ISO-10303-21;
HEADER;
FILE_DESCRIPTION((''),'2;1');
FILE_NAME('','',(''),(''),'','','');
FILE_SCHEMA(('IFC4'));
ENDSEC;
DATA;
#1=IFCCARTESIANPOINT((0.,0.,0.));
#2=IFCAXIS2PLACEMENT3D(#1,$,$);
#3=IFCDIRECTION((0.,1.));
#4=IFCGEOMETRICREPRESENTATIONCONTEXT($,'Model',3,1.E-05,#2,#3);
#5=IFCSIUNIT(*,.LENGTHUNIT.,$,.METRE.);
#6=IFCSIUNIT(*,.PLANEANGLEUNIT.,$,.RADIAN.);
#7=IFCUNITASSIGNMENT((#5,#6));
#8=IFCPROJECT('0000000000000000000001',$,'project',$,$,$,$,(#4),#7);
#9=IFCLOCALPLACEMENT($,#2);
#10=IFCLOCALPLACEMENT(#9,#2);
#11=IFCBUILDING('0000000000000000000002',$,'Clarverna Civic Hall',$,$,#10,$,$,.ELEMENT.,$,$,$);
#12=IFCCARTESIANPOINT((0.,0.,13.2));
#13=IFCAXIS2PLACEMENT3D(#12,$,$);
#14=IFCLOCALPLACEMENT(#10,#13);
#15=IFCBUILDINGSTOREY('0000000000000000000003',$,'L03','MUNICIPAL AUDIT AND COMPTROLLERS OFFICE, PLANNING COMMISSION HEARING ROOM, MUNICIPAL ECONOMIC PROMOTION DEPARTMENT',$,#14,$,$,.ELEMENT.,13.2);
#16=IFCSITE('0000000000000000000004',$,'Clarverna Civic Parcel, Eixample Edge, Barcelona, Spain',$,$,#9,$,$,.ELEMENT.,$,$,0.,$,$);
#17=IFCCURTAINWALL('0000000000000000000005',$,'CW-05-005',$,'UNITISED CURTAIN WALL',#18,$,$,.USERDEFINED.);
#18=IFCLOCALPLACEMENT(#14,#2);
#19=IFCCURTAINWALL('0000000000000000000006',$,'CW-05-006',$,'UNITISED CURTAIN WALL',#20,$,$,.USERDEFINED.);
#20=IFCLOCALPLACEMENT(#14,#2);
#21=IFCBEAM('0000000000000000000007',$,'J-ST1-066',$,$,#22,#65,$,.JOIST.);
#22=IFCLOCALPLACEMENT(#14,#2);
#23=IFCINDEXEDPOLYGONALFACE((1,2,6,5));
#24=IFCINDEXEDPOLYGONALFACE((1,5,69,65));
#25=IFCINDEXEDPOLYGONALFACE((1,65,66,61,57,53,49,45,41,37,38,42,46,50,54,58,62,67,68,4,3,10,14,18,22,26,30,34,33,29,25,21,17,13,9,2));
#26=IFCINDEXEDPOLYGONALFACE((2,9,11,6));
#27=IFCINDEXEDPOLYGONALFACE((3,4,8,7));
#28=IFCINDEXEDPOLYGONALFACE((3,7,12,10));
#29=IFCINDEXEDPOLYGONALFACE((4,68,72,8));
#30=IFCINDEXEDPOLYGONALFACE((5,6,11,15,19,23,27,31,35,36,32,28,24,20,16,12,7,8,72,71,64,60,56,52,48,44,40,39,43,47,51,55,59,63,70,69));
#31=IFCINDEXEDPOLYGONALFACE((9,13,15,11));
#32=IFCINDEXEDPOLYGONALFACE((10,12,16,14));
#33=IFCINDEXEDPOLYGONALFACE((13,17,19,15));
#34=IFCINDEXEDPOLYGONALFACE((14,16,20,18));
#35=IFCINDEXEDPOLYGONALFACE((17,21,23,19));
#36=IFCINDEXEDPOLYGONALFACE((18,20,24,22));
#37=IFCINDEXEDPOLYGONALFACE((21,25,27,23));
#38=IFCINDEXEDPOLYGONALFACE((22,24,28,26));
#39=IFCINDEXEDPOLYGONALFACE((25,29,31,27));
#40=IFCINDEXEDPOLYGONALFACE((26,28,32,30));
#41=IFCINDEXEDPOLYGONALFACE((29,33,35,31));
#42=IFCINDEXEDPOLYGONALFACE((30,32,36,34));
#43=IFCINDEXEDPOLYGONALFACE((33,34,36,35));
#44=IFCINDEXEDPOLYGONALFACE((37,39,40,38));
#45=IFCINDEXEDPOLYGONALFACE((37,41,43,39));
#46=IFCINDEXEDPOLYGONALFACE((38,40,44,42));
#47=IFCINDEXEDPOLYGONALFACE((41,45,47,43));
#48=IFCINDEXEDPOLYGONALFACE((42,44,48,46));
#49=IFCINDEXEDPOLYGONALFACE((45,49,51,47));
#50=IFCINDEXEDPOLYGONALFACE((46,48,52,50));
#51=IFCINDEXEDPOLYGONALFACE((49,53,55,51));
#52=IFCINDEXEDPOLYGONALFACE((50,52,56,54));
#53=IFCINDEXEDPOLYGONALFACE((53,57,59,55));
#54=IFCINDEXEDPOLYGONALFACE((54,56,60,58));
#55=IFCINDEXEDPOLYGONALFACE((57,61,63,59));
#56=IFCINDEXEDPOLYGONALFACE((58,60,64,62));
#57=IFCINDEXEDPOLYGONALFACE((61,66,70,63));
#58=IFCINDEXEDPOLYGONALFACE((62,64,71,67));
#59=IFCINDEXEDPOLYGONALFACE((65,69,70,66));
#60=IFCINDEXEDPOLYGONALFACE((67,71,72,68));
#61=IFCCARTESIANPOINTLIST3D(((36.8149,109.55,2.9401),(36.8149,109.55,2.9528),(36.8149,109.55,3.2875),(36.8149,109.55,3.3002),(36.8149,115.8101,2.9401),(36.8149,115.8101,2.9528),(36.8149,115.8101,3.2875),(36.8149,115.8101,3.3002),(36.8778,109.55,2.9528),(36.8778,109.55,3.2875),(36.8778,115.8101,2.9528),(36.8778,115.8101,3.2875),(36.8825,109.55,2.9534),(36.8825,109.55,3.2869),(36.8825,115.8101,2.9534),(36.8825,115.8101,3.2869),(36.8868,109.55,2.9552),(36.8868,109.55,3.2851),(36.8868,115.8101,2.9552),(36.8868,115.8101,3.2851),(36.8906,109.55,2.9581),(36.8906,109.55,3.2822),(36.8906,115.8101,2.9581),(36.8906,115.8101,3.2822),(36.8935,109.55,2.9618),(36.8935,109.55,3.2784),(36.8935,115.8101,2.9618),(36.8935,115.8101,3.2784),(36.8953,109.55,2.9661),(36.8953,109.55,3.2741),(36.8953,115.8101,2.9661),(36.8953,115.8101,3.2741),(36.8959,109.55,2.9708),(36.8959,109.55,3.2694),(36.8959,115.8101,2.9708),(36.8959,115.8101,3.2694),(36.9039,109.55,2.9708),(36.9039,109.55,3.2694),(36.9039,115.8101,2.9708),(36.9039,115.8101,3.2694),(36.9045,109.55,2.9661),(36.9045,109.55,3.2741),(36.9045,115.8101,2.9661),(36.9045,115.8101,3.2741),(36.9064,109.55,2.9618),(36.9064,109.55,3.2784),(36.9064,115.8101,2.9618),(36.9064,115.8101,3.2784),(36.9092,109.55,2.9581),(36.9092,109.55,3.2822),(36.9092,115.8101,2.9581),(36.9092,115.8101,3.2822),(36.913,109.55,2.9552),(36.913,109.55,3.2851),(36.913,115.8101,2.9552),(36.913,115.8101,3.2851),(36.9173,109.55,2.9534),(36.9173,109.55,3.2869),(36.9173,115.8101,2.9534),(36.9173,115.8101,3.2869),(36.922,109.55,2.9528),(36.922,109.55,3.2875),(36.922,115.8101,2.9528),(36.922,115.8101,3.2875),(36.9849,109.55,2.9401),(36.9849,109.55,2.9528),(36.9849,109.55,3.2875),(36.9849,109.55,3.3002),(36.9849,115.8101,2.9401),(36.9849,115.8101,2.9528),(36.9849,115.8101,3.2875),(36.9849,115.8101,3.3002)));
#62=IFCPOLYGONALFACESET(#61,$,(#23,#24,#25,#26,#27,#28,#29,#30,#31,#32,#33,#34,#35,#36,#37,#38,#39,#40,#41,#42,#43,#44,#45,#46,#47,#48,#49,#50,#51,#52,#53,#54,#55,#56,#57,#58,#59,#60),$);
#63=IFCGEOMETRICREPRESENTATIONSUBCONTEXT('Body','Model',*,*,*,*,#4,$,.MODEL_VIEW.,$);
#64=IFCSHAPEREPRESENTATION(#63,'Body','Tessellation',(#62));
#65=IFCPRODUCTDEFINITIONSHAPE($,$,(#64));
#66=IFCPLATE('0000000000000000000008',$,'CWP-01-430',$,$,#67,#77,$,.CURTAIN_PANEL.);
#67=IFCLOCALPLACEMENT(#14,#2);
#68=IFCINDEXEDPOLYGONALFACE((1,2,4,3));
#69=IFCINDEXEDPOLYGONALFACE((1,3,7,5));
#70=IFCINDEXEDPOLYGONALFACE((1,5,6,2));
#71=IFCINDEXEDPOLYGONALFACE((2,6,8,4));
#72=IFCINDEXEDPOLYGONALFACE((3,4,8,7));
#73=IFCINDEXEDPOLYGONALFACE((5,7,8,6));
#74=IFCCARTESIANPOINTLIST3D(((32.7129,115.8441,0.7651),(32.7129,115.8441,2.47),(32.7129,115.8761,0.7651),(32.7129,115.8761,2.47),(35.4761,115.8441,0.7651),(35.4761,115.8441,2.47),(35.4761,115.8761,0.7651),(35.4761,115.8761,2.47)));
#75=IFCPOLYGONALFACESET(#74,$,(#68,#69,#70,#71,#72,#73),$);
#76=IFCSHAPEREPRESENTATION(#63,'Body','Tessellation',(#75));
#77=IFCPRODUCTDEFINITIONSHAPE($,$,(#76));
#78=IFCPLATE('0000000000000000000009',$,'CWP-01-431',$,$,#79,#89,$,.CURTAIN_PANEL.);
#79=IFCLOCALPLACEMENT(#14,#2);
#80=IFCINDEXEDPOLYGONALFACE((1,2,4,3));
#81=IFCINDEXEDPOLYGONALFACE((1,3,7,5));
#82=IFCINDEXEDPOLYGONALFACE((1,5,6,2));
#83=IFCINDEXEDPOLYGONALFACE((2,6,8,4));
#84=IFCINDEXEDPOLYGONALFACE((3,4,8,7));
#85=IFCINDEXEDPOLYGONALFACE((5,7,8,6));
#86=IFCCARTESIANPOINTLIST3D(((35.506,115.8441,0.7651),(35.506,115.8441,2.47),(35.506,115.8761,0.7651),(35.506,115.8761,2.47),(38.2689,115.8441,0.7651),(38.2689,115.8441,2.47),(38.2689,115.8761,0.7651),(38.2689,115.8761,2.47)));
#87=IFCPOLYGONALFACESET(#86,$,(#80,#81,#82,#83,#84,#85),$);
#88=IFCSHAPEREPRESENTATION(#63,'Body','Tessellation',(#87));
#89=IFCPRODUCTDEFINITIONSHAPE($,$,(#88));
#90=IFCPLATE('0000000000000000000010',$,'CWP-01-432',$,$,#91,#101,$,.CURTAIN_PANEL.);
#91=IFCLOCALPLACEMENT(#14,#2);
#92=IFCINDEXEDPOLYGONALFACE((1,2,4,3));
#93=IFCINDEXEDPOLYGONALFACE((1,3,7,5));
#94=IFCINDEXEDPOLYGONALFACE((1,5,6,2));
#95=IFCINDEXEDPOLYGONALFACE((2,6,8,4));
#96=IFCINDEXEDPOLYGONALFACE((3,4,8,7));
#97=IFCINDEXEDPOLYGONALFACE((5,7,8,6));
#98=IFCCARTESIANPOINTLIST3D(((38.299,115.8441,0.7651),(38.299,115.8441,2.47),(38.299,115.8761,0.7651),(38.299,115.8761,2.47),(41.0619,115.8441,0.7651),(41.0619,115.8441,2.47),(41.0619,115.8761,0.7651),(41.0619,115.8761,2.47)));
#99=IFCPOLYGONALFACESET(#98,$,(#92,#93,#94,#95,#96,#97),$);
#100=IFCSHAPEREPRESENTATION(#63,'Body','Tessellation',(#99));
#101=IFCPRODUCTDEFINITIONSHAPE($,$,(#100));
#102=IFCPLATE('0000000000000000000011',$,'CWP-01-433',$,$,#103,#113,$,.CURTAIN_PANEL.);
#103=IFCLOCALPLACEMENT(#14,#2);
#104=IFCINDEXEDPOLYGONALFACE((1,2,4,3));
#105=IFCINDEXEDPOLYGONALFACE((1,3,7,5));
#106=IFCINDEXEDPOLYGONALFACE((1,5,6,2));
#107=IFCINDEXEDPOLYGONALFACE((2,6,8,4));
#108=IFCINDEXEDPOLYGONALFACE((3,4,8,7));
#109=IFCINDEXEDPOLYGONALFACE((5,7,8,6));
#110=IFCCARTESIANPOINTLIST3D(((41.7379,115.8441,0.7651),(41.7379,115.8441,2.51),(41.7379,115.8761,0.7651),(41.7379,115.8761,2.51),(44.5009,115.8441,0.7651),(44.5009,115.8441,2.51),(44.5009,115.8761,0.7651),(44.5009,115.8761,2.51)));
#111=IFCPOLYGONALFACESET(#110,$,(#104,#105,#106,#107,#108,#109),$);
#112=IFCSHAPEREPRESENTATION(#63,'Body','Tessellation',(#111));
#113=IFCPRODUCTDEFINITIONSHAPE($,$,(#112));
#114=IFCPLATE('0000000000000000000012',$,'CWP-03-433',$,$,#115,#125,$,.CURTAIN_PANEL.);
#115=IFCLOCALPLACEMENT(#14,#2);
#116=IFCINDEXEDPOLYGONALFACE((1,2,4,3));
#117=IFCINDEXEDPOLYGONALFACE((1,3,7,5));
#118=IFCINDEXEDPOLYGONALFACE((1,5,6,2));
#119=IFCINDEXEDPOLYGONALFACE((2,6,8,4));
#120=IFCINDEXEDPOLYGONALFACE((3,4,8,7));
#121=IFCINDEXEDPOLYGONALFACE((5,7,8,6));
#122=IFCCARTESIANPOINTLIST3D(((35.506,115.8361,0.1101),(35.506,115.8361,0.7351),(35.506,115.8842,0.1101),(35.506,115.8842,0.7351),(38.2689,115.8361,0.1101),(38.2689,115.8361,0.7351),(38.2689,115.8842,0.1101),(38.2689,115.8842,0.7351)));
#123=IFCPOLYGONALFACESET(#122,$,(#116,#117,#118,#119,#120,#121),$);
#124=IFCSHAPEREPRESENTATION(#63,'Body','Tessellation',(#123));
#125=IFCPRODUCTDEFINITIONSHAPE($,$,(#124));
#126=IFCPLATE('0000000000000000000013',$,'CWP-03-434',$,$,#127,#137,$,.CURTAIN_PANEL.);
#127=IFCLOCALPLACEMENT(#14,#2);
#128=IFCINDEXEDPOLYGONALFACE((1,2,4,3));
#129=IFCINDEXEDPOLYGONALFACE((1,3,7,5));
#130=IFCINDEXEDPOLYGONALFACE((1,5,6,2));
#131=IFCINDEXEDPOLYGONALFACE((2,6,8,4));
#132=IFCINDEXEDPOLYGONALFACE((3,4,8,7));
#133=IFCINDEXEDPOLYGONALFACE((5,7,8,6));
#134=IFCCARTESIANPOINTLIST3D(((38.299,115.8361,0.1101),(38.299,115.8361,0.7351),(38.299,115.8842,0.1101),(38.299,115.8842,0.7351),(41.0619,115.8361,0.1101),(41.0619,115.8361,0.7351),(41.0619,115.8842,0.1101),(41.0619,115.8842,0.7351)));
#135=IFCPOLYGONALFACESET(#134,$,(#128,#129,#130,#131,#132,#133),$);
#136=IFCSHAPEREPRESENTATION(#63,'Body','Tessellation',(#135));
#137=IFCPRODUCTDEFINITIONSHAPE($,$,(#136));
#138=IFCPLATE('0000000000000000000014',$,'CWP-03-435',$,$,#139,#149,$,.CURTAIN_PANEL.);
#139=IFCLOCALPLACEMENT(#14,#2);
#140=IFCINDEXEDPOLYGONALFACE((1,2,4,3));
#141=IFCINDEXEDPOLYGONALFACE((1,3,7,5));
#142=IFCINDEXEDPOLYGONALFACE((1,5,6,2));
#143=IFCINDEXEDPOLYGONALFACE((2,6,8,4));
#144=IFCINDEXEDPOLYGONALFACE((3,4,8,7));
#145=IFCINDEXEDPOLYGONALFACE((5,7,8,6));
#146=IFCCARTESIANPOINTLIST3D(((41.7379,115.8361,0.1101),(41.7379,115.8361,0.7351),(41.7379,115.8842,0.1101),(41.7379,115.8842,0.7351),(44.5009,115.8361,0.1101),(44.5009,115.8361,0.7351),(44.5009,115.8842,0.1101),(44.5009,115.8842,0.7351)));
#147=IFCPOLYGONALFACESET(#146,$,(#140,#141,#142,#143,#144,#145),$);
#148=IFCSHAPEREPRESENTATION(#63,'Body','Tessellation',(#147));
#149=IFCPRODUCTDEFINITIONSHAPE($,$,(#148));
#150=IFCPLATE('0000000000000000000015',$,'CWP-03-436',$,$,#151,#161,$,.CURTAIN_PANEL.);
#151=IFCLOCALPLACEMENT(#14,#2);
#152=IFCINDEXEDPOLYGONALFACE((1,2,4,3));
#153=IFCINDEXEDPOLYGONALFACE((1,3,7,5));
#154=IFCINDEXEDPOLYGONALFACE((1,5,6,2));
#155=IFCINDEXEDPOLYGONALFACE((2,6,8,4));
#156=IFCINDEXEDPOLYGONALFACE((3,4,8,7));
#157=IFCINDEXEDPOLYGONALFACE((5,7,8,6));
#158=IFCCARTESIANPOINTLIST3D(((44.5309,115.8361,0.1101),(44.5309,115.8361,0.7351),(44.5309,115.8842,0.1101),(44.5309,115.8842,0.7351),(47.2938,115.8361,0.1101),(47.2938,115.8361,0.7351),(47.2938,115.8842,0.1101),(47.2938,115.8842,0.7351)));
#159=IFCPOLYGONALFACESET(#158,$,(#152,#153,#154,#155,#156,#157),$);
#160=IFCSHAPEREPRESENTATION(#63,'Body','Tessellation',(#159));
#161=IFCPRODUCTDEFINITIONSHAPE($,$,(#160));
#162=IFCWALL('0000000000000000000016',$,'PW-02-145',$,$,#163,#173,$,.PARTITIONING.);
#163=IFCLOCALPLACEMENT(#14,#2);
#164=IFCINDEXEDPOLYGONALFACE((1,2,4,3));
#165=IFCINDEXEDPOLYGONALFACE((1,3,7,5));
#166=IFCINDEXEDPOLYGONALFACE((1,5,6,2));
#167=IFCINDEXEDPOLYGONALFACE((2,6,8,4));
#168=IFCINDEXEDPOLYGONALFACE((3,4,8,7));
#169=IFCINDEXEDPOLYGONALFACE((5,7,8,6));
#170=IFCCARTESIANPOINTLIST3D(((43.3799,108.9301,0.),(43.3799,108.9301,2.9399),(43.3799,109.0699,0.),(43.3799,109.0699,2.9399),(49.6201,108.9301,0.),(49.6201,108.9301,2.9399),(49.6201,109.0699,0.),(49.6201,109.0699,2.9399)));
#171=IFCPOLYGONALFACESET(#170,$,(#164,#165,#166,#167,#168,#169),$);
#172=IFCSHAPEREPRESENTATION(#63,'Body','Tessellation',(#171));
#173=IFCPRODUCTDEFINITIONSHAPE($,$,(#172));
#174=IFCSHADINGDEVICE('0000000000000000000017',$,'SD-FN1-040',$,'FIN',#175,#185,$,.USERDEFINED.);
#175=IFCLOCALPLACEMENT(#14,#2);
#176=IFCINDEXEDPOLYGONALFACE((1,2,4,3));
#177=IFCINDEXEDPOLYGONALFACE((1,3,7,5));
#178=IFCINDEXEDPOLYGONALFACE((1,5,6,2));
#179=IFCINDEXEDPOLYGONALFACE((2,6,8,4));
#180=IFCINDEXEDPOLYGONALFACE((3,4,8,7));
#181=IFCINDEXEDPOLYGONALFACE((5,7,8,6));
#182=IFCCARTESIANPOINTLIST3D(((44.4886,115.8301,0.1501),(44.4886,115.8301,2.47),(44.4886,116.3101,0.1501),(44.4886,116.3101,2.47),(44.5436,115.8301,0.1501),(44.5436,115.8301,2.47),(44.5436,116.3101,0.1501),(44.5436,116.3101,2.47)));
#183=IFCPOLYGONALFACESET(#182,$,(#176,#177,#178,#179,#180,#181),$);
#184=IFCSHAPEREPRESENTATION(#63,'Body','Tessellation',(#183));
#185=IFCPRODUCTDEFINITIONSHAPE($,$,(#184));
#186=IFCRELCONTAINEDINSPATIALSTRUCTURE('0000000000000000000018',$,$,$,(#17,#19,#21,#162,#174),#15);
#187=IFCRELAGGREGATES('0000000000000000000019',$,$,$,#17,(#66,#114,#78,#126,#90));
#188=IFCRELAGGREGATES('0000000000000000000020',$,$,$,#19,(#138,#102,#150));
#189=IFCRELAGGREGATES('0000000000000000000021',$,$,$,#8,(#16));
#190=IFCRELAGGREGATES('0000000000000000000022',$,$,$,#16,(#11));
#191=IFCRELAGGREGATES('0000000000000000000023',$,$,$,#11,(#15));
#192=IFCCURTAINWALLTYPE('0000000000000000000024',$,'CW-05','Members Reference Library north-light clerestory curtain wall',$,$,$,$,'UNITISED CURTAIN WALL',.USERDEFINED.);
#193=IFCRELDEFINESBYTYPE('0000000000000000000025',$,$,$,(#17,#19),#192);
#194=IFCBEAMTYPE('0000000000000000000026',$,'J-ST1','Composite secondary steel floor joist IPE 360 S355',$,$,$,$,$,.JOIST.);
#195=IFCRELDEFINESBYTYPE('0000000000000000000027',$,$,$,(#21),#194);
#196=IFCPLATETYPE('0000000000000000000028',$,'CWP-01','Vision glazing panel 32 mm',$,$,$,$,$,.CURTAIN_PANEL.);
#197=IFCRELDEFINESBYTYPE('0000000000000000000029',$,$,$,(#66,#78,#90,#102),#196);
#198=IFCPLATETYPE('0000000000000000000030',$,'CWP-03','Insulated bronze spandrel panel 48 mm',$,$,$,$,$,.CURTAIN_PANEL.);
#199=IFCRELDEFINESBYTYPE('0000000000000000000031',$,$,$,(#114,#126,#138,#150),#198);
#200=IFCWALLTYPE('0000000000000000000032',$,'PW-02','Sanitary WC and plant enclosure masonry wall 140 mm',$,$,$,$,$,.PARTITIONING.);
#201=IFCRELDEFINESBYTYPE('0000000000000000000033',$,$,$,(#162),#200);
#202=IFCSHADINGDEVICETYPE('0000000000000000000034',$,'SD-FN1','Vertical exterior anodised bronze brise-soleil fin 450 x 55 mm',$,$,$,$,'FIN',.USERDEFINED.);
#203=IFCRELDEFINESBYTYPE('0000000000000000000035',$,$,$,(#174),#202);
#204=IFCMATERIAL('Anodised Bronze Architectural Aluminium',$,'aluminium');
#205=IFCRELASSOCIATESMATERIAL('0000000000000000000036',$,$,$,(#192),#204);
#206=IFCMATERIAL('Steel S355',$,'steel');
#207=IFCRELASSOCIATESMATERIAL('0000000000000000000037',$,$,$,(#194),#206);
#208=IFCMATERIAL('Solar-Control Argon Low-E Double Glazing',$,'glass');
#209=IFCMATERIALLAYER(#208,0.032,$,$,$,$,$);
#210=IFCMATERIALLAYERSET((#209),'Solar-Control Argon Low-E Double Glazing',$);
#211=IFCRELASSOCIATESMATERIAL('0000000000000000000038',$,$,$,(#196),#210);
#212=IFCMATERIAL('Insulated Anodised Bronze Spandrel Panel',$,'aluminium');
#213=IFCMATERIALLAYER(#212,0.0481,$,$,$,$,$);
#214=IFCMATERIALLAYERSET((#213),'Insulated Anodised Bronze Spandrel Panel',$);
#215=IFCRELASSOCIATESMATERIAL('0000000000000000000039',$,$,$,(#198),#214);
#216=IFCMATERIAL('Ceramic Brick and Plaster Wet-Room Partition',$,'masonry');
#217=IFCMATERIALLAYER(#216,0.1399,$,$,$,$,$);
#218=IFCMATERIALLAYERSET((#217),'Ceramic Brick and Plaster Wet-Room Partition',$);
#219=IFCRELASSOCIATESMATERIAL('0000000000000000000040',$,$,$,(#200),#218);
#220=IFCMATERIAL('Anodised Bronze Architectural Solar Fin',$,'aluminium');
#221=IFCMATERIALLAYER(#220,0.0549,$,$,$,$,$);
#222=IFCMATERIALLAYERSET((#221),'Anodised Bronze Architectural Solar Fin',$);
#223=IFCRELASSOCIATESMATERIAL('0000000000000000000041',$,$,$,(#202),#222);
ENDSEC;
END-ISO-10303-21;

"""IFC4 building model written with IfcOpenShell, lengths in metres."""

from ifc_helpers import new_model, si_unit, direction, frame, frame_2d, origin, origin_2d, place, context, subcontext, project, spatial, rectangle, i_section, extrude, material, layer, layer_set, material_profile, profile_set, type_object, element, aggregate, save


model = new_model("IFC4")

# Units and contexts
model_context = context("Model", 3, precision=1e-05, world=origin(), true_north=direction((0.0, 1.0)))
body_context = subcontext(model_context, "Body", "Model", "MODEL_VIEW")
ifc_project = project(units=[si_unit("LENGTHUNIT", "METRE"), si_unit("PLANEANGLEUNIT", "RADIAN")], contexts=[model_context])

# Site, building, storey
site_placement = place(None, origin())
site = spatial("IfcSite", under=ifc_project, at=site_placement, Name="Clarverna Civic Parcel, Eixample Edge, Barcelona, Spain", CompositionType="ELEMENT", RefElevation=0.0)
building_placement = place(site_placement, origin())
building = spatial("IfcBuilding", under=site, at=building_placement, Name="Clarverna Civic Hall", CompositionType="ELEMENT")
storey_placement = place(building_placement, frame((0.0, 0.0, 13.2)))
storey = spatial("IfcBuildingStorey", under=building, at=storey_placement, Name="L03", Description="MUNICIPAL AUDIT AND COMPTROLLERS OFFICE, PLANNING COMMISSION HEARING ROOM, MUNICIPAL ECONOMIC PROMOTION DEPARTMENT", CompositionType="ELEMENT", Elevation=13.2)

# Shared definitions
ifc_material_1 = material(Name="Steel S355", Category="steel")

# Curtain walls
ifc_material_2 = material(Name="Anodised Bronze Architectural Aluminium", Category="aluminium")
curtain_wall_type = type_object("IfcCurtainWallType", Name="CW-05", Description="Members Reference Library north-light clerestory curtain wall", ElementType="UNITISED CURTAIN WALL", PredefinedType="USERDEFINED", material=ifc_material_2)
curtain_wall_1_placement = place(storey_placement, origin())
curtain_wall_1 = element("IfcCurtainWall", 1, at=curtain_wall_1_placement, inside=storey, type_object=curtain_wall_type, Name="CW-05-005", ObjectType="UNITISED CURTAIN WALL", PredefinedType="USERDEFINED")
curtain_wall_2_placement = place(storey_placement, origin())
curtain_wall_2 = element("IfcCurtainWall", 2, at=curtain_wall_2_placement, inside=storey, type_object=curtain_wall_type, Name="CW-05-006", ObjectType="UNITISED CURTAIN WALL", PredefinedType="USERDEFINED")

# Beam
ifc_material_profile_1 = material_profile(ifc_material_1, i_section(OverallWidth=0.1699, OverallDepth=0.3601, WebThickness=0.0081, FlangeThickness=0.0127, FilletRadius=0.0181, at=origin_2d()), Name="IPE 360")
ifc_profile_set_1 = profile_set([ifc_material_profile_1], Name="Steel S355")
beam_type_1 = type_object("IfcBeamType", Name="J-ST1", Description="Composite secondary steel floor joist IPE 360 S355", PredefinedType="JOIST", material=ifc_profile_set_1)
beam_1_placement = place(storey_placement, frame((36.8999, 109.55, 3.1201), z_axis=(0.0, 1.0, 0.0), x_axis=(-1.0, 0.0, 0.0)))
element("IfcBeam", 3, at=beam_1_placement, inside=storey, type_object=beam_type_1, Name="J-ST1-066", PredefinedType="JOIST", context=body_context, shape_type="SweptSolid", body=[
    extrude(i_section(OverallWidth=0.1699, OverallDepth=0.3601, WebThickness=0.0081, FlangeThickness=0.0127, FilletRadius=0.0181, at=origin_2d()), origin(), (0.0, 0.0, 1.0), 6.26),
])

# Plates
ifc_material_3 = material(Name="Solar-Control Argon Low-E Double Glazing", Category="glass")
ifc_layer_1 = layer(ifc_material_3, 0.032)
ifc_layer_set_1 = layer_set([ifc_layer_1], Name="Solar-Control Argon Low-E Double Glazing")
plate_type_1 = type_object("IfcPlateType", Name="CWP-01", Description="Vision glazing panel 32 mm", PredefinedType="CURTAIN_PANEL", material=ifc_layer_set_1)
plate_1_placement = place(storey_placement, frame((32.7129, 115.8601, 0.7651), z_axis=(0.0, 0.0, 1.0), x_axis=(1.0, 0.0, 0.0)))
plate_1 = element("IfcPlate", 4, at=plate_1_placement, type_object=plate_type_1, Name="CWP-01-430", PredefinedType="CURTAIN_PANEL", context=body_context, shape_type="SweptSolid", body=[
    extrude(rectangle(XDim=2.7632, YDim=0.032, at=frame_2d((1.3816, 0.0))), origin(), (0.0, 0.0, 1.0), 1.7048),
])
plate_2_placement = place(storey_placement, frame((35.5061, 115.8601, 0.7651), z_axis=(0.0, 0.0, 1.0), x_axis=(1.0, 0.0, 0.0)))
plate_2 = element("IfcPlate", 5, at=plate_2_placement, type_object=plate_type_1, Name="CWP-01-431", PredefinedType="CURTAIN_PANEL", context=body_context, shape_type="SweptSolid", body=[
    extrude(rectangle(XDim=2.7629, YDim=0.032, at=frame_2d((1.3813, 0.0))), origin(), (0.0, 0.0, 1.0), 1.7048),
])
plate_3_placement = place(storey_placement, frame((38.2991, 115.8601, 0.7651), z_axis=(0.0, 0.0, 1.0), x_axis=(1.0, 0.0, 0.0)))
plate_3 = element("IfcPlate", 6, at=plate_3_placement, type_object=plate_type_1, Name="CWP-01-432", PredefinedType="CURTAIN_PANEL", context=body_context, shape_type="SweptSolid", body=[
    extrude(rectangle(XDim=2.7629, YDim=0.032, at=frame_2d((1.3813, 0.0))), origin(), (0.0, 0.0, 1.0), 1.7048),
])
plate_4_placement = place(storey_placement, frame((41.738, 115.8601, 0.7651), z_axis=(0.0, 0.0, 1.0), x_axis=(1.0, 0.0, 0.0)))
plate_4 = element("IfcPlate", 7, at=plate_4_placement, type_object=plate_type_1, Name="CWP-01-433", PredefinedType="CURTAIN_PANEL", context=body_context, shape_type="SweptSolid", body=[
    extrude(rectangle(XDim=2.7629, YDim=0.032, at=frame_2d((1.3813, 0.0))), origin(), (0.0, 0.0, 1.0), 1.7449),
])
ifc_material_4 = material(Name="Insulated Anodised Bronze Spandrel Panel", Category="aluminium")
ifc_layer_2 = layer(ifc_material_4, 0.0481)
ifc_layer_set_2 = layer_set([ifc_layer_2], Name="Insulated Anodised Bronze Spandrel Panel")
plate_type_2 = type_object("IfcPlateType", Name="CWP-03", Description="Insulated bronze spandrel panel 48 mm", PredefinedType="CURTAIN_PANEL", material=ifc_layer_set_2)
plate_5_placement = place(storey_placement, frame((35.5061, 115.8601, 0.1101), z_axis=(0.0, 0.0, 1.0), x_axis=(1.0, 0.0, 0.0)))
plate_5 = element("IfcPlate", 8, at=plate_5_placement, type_object=plate_type_2, Name="CWP-03-433", PredefinedType="CURTAIN_PANEL", context=body_context, shape_type="SweptSolid", body=[
    extrude(rectangle(XDim=2.7629, YDim=0.0481, at=frame_2d((1.3813, 0.0))), origin(), (0.0, 0.0, 1.0), 0.625),
])
plate_6_placement = place(storey_placement, frame((38.2991, 115.8601, 0.1101), z_axis=(0.0, 0.0, 1.0), x_axis=(1.0, 0.0, 0.0)))
plate_6 = element("IfcPlate", 9, at=plate_6_placement, type_object=plate_type_2, Name="CWP-03-434", PredefinedType="CURTAIN_PANEL", context=body_context, shape_type="SweptSolid", body=[
    extrude(rectangle(XDim=2.7629, YDim=0.0481, at=frame_2d((1.3813, 0.0))), origin(), (0.0, 0.0, 1.0), 0.625),
])
aggregate(curtain_wall_1, [plate_1, plate_5, plate_2, plate_6, plate_3])
plate_7_placement = place(storey_placement, frame((41.738, 115.8601, 0.1101), z_axis=(0.0, 0.0, 1.0), x_axis=(1.0, 0.0, 0.0)))
plate_7 = element("IfcPlate", 10, at=plate_7_placement, type_object=plate_type_2, Name="CWP-03-435", PredefinedType="CURTAIN_PANEL", context=body_context, shape_type="SweptSolid", body=[
    extrude(rectangle(XDim=2.7629, YDim=0.0481, at=frame_2d((1.3813, 0.0))), origin(), (0.0, 0.0, 1.0), 0.625),
])
plate_8_placement = place(storey_placement, frame((44.531, 115.8601, 0.1101), z_axis=(0.0, 0.0, 1.0), x_axis=(1.0, 0.0, 0.0)))
plate_8 = element("IfcPlate", 11, at=plate_8_placement, type_object=plate_type_2, Name="CWP-03-436", PredefinedType="CURTAIN_PANEL", context=body_context, shape_type="SweptSolid", body=[
    extrude(rectangle(XDim=2.7629, YDim=0.0481, at=frame_2d((1.3813, 0.0))), origin(), (0.0, 0.0, 1.0), 0.625),
])
aggregate(curtain_wall_2, [plate_7, plate_4, plate_8])

# Wall
ifc_material_5 = material(Name="Ceramic Brick and Plaster Wet-Room Partition", Category="masonry")
ifc_layer_3 = layer(ifc_material_5, 0.1399)
ifc_layer_set_3 = layer_set([ifc_layer_3], Name="Ceramic Brick and Plaster Wet-Room Partition")
wall_type = type_object("IfcWallType", Name="PW-02", Description="Sanitary WC and plant enclosure masonry wall 140 mm", PredefinedType="PARTITIONING", material=ifc_layer_set_3)
wall_placement = place(storey_placement, frame((43.3799, 109.0, 0.0), z_axis=(0.0, 0.0, 1.0), x_axis=(1.0, 0.0, 0.0)))
element("IfcWall", 12, at=wall_placement, inside=storey, type_object=wall_type, Name="PW-02-145", PredefinedType="PARTITIONING", context=body_context, shape_type="SweptSolid", body=[
    extrude(rectangle(XDim=6.2402, YDim=0.1399, at=frame_2d((3.1201, 0.0))), origin(), (0.0, 0.0, 1.0), 2.9399),
])

# Shading device
ifc_material_6 = material(Name="Anodised Bronze Architectural Solar Fin", Category="aluminium")
ifc_layer_4 = layer(ifc_material_6, 0.0549)
ifc_layer_set_4 = layer_set([ifc_layer_4], Name="Anodised Bronze Architectural Solar Fin")
shading_device_type = type_object("IfcShadingDeviceType", Name="SD-FN1", Description="Vertical exterior anodised bronze brise-soleil fin 450 x 55 mm", ElementType="FIN", PredefinedType="USERDEFINED", material=ifc_layer_set_4)
shading_device_placement = place(storey_placement, frame((44.5161, 115.8301, 0.1501), z_axis=(0.0, 0.0, 1.0), x_axis=(0.0, 1.0, 0.0)))
element("IfcShadingDevice", 13, at=shading_device_placement, inside=storey, type_object=shading_device_type, Name="SD-FN1-040", ObjectType="FIN", PredefinedType="USERDEFINED", context=body_context, shape_type="SweptSolid", body=[
    extrude(rectangle(XDim=0.48, YDim=0.0549, at=frame_2d((0.24, 0.0))), origin(), (0.0, 0.0, 1.0), 2.3198),
])

save(model, "model.ifc")
